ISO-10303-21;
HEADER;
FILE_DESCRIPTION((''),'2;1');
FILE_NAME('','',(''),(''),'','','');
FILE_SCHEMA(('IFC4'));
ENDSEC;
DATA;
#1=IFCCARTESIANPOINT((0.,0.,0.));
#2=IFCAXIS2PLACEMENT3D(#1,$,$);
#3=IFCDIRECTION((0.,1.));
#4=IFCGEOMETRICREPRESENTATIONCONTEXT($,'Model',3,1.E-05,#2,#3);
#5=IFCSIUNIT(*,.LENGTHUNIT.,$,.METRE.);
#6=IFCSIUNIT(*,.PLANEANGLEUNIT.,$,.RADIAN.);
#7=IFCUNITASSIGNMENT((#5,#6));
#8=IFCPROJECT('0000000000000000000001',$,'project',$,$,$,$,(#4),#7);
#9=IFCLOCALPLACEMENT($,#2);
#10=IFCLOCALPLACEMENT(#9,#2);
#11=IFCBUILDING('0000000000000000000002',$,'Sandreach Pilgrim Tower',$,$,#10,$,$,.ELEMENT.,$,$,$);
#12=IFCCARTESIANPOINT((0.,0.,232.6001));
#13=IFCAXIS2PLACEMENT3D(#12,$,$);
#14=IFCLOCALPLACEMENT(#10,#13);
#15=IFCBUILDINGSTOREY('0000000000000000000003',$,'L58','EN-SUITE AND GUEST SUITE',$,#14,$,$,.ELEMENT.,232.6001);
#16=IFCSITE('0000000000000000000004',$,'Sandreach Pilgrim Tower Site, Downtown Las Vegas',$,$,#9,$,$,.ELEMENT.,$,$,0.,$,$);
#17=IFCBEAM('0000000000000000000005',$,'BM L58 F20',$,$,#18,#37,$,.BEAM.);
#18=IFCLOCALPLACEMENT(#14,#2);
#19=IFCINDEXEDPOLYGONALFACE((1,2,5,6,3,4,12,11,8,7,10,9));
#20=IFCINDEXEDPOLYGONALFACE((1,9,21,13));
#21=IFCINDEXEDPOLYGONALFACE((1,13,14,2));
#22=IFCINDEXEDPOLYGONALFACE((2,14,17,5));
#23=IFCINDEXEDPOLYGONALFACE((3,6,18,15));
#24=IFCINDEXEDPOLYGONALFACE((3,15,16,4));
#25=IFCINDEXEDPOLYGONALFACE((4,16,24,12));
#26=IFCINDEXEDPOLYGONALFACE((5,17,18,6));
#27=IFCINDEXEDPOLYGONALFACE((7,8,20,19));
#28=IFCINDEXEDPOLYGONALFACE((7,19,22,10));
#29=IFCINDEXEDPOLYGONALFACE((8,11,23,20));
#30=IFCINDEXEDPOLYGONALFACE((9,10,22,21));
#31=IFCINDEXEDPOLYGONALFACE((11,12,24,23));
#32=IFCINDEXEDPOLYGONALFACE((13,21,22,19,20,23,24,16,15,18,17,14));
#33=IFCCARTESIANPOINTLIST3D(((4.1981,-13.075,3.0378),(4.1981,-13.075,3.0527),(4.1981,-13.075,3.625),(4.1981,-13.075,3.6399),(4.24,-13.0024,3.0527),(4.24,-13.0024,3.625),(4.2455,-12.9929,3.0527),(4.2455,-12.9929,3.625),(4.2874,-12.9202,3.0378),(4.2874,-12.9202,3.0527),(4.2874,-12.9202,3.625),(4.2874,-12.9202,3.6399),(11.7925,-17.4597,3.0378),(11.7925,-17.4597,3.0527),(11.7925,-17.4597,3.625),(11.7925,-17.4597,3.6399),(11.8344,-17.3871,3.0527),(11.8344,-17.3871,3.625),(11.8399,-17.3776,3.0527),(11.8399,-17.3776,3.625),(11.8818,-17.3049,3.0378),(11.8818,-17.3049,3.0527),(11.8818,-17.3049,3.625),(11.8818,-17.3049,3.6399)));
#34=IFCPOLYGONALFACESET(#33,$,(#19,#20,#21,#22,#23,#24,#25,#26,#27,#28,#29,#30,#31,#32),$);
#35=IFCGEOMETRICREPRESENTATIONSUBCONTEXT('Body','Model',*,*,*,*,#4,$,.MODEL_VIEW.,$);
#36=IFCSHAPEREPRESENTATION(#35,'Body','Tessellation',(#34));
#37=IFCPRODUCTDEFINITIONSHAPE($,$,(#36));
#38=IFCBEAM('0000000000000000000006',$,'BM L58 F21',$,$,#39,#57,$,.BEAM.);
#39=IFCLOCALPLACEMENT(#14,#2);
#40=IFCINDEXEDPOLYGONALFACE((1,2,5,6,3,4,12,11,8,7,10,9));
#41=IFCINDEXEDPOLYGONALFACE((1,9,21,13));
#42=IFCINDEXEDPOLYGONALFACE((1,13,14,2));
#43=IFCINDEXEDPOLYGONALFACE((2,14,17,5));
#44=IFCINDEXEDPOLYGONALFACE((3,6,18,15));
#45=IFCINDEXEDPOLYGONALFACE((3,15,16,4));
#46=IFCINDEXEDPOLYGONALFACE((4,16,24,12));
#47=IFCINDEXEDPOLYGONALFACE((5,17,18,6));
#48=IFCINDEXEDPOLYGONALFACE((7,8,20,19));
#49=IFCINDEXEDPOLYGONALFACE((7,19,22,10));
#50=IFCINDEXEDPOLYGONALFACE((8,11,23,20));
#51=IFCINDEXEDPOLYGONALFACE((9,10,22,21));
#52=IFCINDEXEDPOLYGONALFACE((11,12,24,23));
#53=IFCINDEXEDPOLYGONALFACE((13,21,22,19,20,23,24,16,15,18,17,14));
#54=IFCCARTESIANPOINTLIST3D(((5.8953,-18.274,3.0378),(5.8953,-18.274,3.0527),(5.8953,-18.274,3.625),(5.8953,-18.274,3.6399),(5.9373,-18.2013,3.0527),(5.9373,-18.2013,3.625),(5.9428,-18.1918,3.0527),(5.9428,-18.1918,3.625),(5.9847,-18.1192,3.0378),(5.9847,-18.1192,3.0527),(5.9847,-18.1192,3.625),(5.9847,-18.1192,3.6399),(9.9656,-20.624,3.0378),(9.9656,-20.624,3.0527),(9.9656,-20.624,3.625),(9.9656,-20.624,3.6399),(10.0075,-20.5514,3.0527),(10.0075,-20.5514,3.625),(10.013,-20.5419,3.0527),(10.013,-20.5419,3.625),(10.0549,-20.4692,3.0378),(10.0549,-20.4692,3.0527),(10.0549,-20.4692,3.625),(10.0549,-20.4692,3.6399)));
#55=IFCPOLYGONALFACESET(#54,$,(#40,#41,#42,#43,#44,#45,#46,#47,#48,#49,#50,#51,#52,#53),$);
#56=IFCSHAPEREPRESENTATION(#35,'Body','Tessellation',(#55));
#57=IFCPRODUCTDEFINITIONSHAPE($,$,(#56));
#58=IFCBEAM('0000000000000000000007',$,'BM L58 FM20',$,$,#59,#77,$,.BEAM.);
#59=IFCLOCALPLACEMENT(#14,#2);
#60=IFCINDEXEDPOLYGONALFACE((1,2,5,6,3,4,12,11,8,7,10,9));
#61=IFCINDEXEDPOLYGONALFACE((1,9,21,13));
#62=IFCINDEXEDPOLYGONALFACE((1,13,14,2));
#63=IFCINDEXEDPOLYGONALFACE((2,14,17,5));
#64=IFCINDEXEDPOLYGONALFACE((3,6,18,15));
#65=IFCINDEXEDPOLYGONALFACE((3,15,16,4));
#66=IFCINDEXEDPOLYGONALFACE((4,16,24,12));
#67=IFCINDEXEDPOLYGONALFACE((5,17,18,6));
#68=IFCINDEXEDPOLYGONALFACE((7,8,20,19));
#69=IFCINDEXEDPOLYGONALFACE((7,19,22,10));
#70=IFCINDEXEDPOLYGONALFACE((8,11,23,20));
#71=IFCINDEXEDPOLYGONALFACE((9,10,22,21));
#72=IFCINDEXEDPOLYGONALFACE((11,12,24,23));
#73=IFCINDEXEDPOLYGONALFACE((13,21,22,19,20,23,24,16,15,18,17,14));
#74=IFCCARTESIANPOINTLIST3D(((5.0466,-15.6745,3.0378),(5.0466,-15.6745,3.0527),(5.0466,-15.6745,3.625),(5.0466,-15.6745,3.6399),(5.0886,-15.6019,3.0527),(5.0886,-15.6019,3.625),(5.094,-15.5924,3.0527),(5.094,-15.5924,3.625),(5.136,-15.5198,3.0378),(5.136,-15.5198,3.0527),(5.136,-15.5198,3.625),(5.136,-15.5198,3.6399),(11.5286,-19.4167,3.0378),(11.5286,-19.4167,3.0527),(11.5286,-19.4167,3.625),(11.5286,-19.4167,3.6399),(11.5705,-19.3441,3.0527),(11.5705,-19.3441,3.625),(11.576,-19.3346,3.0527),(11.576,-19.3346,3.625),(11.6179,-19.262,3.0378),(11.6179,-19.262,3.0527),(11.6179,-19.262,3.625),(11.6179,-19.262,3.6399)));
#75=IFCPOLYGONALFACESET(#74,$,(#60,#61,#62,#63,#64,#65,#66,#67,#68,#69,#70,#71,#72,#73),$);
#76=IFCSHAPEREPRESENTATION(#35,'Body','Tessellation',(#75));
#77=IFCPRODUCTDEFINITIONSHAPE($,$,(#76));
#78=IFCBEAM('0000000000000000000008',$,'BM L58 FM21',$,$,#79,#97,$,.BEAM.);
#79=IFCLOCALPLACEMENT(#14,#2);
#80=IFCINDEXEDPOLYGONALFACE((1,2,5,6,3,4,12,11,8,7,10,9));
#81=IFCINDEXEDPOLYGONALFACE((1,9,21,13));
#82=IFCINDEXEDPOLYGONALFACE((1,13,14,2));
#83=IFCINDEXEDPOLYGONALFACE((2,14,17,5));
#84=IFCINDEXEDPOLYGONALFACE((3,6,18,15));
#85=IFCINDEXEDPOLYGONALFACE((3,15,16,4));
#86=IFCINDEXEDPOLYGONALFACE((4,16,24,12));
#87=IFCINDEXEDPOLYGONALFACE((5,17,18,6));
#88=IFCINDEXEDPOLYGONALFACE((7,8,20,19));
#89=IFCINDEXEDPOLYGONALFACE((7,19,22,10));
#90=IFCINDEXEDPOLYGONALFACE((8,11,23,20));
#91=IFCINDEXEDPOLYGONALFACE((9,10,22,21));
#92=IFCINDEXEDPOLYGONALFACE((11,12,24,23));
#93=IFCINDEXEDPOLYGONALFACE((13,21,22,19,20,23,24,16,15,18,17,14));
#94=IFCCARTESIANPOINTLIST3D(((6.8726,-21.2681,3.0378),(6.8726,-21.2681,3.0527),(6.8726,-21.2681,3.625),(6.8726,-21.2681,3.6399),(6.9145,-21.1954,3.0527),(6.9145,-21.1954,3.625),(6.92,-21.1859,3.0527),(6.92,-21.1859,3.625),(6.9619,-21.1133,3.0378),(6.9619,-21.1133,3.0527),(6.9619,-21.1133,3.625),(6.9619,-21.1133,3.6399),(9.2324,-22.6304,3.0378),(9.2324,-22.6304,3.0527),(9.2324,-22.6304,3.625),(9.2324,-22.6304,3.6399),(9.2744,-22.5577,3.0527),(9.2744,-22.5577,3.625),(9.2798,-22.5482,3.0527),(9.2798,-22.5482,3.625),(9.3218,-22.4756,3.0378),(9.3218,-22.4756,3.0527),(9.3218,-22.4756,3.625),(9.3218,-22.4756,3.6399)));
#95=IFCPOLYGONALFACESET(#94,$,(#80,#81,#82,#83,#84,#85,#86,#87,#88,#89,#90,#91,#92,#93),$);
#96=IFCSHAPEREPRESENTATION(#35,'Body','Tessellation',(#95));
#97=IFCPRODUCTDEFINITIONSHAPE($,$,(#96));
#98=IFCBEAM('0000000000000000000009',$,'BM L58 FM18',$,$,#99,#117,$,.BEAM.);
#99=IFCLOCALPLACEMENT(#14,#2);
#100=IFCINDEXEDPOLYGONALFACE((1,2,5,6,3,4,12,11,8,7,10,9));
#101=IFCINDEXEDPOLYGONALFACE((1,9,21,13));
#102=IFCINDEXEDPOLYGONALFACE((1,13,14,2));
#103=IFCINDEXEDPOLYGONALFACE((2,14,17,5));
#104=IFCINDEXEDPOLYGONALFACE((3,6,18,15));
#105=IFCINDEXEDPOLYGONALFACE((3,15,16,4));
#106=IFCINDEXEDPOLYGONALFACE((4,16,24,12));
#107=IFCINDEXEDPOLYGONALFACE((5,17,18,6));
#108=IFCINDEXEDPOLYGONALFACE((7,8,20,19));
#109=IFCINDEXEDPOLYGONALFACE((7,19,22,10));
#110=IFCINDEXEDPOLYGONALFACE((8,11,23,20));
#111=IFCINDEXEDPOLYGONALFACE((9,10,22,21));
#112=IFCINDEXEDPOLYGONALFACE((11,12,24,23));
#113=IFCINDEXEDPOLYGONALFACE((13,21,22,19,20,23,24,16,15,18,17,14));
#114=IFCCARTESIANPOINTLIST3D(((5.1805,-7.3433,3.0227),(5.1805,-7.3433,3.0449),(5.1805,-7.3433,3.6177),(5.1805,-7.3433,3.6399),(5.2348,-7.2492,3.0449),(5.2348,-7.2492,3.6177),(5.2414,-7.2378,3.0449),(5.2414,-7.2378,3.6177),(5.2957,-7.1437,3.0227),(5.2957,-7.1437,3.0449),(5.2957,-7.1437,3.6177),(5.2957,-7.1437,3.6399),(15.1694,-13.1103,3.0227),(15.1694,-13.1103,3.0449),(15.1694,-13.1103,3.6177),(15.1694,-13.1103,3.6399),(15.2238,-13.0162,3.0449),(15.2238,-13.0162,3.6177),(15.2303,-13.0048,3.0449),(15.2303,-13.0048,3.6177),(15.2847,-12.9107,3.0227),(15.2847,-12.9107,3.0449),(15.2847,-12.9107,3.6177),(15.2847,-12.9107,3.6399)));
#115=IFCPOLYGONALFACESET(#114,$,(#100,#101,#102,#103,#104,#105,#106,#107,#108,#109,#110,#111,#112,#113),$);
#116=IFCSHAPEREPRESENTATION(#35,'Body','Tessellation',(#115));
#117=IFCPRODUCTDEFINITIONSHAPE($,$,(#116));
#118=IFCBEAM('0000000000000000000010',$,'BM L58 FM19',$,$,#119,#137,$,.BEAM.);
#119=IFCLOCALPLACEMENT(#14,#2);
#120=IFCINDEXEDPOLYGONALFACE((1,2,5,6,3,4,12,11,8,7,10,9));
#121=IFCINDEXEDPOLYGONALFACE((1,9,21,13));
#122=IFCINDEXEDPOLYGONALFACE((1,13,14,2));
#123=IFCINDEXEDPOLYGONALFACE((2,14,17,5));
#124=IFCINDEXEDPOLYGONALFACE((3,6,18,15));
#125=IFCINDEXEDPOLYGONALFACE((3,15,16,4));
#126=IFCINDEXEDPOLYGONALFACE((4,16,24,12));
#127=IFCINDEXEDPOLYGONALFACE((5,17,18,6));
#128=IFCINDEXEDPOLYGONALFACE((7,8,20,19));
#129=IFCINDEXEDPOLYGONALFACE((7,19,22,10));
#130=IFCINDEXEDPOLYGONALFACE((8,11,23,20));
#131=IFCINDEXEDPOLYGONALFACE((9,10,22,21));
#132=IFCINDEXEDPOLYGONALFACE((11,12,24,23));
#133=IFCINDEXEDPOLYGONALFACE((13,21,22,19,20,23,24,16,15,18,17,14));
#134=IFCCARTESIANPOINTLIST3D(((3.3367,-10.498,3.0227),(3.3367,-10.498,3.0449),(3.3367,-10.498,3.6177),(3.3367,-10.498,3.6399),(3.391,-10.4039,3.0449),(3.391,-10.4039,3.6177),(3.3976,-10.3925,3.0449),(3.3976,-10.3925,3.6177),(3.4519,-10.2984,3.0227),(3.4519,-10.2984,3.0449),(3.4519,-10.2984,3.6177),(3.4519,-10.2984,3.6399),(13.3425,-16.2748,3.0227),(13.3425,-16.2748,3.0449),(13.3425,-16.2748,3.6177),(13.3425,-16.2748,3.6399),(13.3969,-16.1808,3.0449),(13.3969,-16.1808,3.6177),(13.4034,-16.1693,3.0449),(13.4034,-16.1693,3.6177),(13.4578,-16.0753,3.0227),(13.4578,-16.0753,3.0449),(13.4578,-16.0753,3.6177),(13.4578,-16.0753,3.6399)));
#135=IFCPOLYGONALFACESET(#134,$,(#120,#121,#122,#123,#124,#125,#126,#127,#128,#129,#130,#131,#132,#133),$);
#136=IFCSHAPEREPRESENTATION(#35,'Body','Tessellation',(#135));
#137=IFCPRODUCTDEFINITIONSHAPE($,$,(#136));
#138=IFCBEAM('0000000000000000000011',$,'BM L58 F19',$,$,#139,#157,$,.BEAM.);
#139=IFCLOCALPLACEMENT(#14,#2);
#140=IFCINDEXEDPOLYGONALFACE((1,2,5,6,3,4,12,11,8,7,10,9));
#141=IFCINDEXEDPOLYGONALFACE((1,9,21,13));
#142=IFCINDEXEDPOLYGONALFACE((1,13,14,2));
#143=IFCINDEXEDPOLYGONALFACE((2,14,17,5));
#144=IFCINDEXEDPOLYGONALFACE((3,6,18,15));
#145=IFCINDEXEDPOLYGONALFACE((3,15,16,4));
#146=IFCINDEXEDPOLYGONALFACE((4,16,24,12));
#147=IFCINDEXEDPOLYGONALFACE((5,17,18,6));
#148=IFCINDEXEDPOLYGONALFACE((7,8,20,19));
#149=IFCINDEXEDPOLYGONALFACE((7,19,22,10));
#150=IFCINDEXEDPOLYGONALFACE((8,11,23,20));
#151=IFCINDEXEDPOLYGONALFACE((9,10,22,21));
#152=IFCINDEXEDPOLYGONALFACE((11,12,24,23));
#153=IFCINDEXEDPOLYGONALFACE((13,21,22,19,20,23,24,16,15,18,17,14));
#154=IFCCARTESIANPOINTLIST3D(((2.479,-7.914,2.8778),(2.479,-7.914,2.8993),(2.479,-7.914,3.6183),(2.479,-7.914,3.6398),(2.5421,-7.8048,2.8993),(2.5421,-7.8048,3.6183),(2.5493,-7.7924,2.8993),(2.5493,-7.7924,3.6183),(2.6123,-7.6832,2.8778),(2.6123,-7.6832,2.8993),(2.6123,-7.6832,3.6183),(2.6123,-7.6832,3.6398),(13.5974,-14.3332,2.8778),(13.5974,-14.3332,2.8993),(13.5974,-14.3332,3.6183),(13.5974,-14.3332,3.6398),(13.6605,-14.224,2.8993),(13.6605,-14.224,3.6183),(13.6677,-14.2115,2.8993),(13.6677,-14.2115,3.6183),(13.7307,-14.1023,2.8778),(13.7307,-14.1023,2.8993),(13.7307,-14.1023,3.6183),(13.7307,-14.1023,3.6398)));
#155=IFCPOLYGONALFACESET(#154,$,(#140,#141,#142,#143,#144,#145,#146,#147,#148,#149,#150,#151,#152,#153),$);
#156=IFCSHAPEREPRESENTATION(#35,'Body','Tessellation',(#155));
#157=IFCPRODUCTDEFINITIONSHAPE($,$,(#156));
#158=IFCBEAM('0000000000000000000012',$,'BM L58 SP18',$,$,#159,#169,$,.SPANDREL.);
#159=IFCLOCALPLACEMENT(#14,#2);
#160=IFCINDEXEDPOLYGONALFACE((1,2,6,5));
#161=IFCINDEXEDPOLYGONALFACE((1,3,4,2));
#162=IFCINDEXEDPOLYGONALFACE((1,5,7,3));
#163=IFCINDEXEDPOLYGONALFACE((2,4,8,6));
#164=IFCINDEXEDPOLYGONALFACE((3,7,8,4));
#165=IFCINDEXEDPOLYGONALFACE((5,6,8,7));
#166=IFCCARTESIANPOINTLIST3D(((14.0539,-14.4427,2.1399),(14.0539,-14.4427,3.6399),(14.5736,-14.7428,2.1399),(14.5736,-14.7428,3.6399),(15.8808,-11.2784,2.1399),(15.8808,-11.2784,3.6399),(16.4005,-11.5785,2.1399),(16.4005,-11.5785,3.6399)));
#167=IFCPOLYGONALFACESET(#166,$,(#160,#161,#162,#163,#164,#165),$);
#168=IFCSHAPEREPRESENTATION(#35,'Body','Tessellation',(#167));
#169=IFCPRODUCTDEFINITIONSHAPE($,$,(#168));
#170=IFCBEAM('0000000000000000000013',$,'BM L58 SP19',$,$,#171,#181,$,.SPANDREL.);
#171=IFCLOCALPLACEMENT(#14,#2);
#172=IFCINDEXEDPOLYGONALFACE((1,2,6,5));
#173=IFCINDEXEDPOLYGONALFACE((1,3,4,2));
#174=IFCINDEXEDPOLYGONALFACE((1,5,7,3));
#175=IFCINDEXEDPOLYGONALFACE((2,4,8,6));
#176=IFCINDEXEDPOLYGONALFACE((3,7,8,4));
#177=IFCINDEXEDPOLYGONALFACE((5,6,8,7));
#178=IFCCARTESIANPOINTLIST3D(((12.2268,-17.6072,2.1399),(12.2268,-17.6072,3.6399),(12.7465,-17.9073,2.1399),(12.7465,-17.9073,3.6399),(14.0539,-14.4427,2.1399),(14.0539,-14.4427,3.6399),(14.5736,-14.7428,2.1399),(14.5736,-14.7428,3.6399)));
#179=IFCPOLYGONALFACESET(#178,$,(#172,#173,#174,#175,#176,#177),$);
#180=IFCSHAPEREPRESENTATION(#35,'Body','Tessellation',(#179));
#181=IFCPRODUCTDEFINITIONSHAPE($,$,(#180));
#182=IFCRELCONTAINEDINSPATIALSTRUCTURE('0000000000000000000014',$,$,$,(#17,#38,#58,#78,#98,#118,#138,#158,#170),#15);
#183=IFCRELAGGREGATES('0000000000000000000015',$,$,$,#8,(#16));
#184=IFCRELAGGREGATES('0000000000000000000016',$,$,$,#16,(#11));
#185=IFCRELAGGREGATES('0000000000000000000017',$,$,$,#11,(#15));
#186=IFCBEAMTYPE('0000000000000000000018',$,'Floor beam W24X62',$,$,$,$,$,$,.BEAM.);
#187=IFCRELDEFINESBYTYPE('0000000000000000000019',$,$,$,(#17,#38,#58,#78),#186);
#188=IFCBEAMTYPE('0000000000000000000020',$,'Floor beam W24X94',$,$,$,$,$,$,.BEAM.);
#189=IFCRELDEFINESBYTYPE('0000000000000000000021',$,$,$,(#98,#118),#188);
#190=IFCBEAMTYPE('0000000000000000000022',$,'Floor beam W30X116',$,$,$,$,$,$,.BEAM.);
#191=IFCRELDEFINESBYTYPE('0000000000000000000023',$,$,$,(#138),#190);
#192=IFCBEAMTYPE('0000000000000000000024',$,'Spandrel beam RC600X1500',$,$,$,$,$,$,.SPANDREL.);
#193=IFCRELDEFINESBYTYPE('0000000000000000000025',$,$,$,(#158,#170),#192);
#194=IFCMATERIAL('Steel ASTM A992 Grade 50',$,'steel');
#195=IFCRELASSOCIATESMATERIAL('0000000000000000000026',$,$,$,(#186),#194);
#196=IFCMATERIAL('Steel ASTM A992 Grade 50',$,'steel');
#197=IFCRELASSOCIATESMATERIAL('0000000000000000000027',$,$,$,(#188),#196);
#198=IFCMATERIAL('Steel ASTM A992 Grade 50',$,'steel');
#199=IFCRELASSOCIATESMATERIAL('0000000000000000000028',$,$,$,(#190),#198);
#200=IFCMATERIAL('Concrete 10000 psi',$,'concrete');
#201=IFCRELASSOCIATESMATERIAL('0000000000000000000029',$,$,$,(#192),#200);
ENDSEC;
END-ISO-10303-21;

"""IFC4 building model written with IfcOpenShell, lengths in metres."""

from ifc_helpers import new_model, si_unit, direction, frame, origin, origin_2d, place, context, subcontext, project, spatial, rectangle, i_section, extrude, material, material_profile, profile_set, type_object, element, save


model = new_model("IFC4")

# Units and contexts
model_context = context("Model", 3, precision=1e-05, world=origin(), true_north=direction((0.0, 1.0)))
body_context = subcontext(model_context, "Body", "Model", "MODEL_VIEW")
ifc_project = project(units=[si_unit("LENGTHUNIT", "METRE"), si_unit("PLANEANGLEUNIT", "RADIAN")], contexts=[model_context])

# Site, building, storey
site_placement = place(None, origin())
site = spatial("IfcSite", under=ifc_project, at=site_placement, Name="Sandreach Pilgrim Tower Site, Downtown Las Vegas", CompositionType="ELEMENT", RefElevation=0.0)
building_placement = place(site_placement, origin())
building = spatial("IfcBuilding", under=site, at=building_placement, Name="Sandreach Pilgrim Tower", CompositionType="ELEMENT")
storey_placement = place(building_placement, frame((0.0, 0.0, 232.6001)))
storey = spatial("IfcBuildingStorey", under=building, at=storey_placement, Name="L58", Description="EN-SUITE AND GUEST SUITE", CompositionType="ELEMENT", Elevation=232.6001)

# Beams
ifc_material_1 = material(Name="Steel ASTM A992 Grade 50", Category="steel")
ifc_material_profile_1 = material_profile(ifc_material_1, i_section(OverallWidth=0.1787, OverallDepth=0.6021, WebThickness=0.011, FlangeThickness=0.0149, at=origin_2d()), Name="W24X62")
ifc_profile_set_1 = profile_set([ifc_material_profile_1], Name="Steel ASTM A992 Grade 50")
beam_type_1 = type_object("IfcBeamType", Name="Floor beam W24X62", PredefinedType="BEAM", material=ifc_profile_set_1)
beam_1_placement = place(storey_placement, frame((11.8372, -17.3823, 3.3389), z_axis=(-0.866021, 0.500008, 0.0), x_axis=(-0.500008, -0.866021, 0.0)))
element("IfcBeam", 1, at=beam_1_placement, inside=storey, type_object=beam_type_1, Name="BM L58 F20", PredefinedType="BEAM", context=body_context, shape_type="SweptSolid", body=[
    extrude(i_section(OverallWidth=0.1787, OverallDepth=0.6021, WebThickness=0.011, FlangeThickness=0.0149, at=origin_2d()), origin(), (0.0, 0.0, 1.0), 8.7693),
])
beam_2_placement = place(storey_placement, frame((10.0103, -20.5466, 3.3389), z_axis=(-0.866016, 0.500016, 0.0), x_axis=(-0.500016, -0.866016, 0.0)))
element("IfcBeam", 2, at=beam_2_placement, inside=storey, type_object=beam_type_1, Name="BM L58 F21", PredefinedType="BEAM", context=body_context, shape_type="SweptSolid", body=[
    extrude(i_section(OverallWidth=0.1787, OverallDepth=0.6021, WebThickness=0.011, FlangeThickness=0.0149, at=origin_2d()), origin(), (0.0, 0.0, 1.0), 4.7),
])
beam_3_placement = place(storey_placement, frame((11.5732, -19.3394, 3.3389), z_axis=(-0.866035, 0.499984, 0.0), x_axis=(-0.499984, -0.866035, 0.0)))
element("IfcBeam", 3, at=beam_3_placement, inside=storey, type_object=beam_type_1, Name="BM L58 FM20", PredefinedType="BEAM", context=body_context, shape_type="SweptSolid", body=[
    extrude(i_section(OverallWidth=0.1787, OverallDepth=0.6021, WebThickness=0.011, FlangeThickness=0.0149, at=origin_2d()), origin(), (0.0, 0.0, 1.0), 7.4846),
])
beam_4_placement = place(storey_placement, frame((9.2771, -22.553, 3.3389), z_axis=(-0.866051, 0.499955, 0.0), x_axis=(-0.499955, -0.866051, 0.0)))
element("IfcBeam", 4, at=beam_4_placement, inside=storey, type_object=beam_type_1, Name="BM L58 FM21", PredefinedType="BEAM", context=body_context, shape_type="SweptSolid", body=[
    extrude(i_section(OverallWidth=0.1787, OverallDepth=0.6021, WebThickness=0.011, FlangeThickness=0.0149, at=origin_2d()), origin(), (0.0, 0.0, 1.0), 2.7249),
])
ifc_material_2 = material(Name="Steel ASTM A992 Grade 50", Category="steel")
ifc_material_profile_2 = material_profile(ifc_material_2, i_section(OverallWidth=0.2305, OverallDepth=0.6172, WebThickness=0.0132, FlangeThickness=0.0222, at=origin_2d()), Name="W24X94")
ifc_profile_set_2 = profile_set([ifc_material_profile_2], Name="Steel ASTM A992 Grade 50")
beam_type_2 = type_object("IfcBeamType", Name="Floor beam W24X94", PredefinedType="BEAM", material=ifc_profile_set_2)
beam_5_placement = place(storey_placement, frame((15.2271, -13.0105, 3.3313), z_axis=(-0.866028, 0.499995, 0.0), x_axis=(-0.499995, -0.866028, 0.0)))
element("IfcBeam", 5, at=beam_5_placement, inside=storey, type_object=beam_type_2, Name="BM L58 FM18", PredefinedType="BEAM", context=body_context, shape_type="SweptSolid", body=[
    extrude(i_section(OverallWidth=0.2305, OverallDepth=0.6172, WebThickness=0.0132, FlangeThickness=0.0222, at=origin_2d()), origin(), (0.0, 0.0, 1.0), 11.5342),
])
beam_6_placement = place(storey_placement, frame((13.4001, -16.175, 3.3313), z_axis=(-0.866027, 0.499998, 0.0), x_axis=(-0.499998, -0.866027, 0.0)))
element("IfcBeam", 6, at=beam_6_placement, inside=storey, type_object=beam_type_2, Name="BM L58 FM19", PredefinedType="BEAM", context=body_context, shape_type="SweptSolid", body=[
    extrude(i_section(OverallWidth=0.2305, OverallDepth=0.6172, WebThickness=0.0132, FlangeThickness=0.0222, at=origin_2d()), origin(), (0.0, 0.0, 1.0), 11.5537),
])
ifc_material_3 = material(Name="Steel ASTM A992 Grade 50", Category="steel")
ifc_material_profile_3 = material_profile(ifc_material_3, i_section(OverallWidth=0.2666, OverallDepth=0.762, WebThickness=0.0144, FlangeThickness=0.0215, at=origin_2d()), Name="W30X116")
ifc_profile_set_3 = profile_set([ifc_material_profile_3], Name="Steel ASTM A992 Grade 50")
beam_type_3 = type_object("IfcBeamType", Name="Floor beam W30X116", PredefinedType="BEAM", material=ifc_profile_set_3)
beam_7_placement = place(storey_placement, frame((13.6641, -14.2178, 3.2588), z_axis=(-0.866026, 0.499998, 0.0), x_axis=(-0.499998, -0.866026, 0.0)))
element("IfcBeam", 7, at=beam_7_placement, inside=storey, type_object=beam_type_3, Name="BM L58 F19", PredefinedType="BEAM", context=body_context, shape_type="SweptSolid", body=[
    extrude(i_section(OverallWidth=0.2666, OverallDepth=0.762, WebThickness=0.0144, FlangeThickness=0.0215, at=origin_2d()), origin(), (0.0, 0.0, 1.0), 12.8384),
])
ifc_material_4 = material(Name="Concrete 10000 psi", Category="concrete")
ifc_material_profile_4 = material_profile(ifc_material_4, rectangle(XDim=0.6001, YDim=1.5, at=origin_2d()), Name="RC600X1500")
ifc_profile_set_4 = profile_set([ifc_material_profile_4], Name="Concrete 10000 psi")
beam_type_4 = type_object("IfcBeamType", Name="Spandrel beam RC600X1500", PredefinedType="SPANDREL", material=ifc_profile_set_4)
beam_8_placement = place(storey_placement, frame((16.1406, -11.4285, 2.8899), z_axis=(-0.499998, -0.866026, 0.0), x_axis=(0.866026, -0.499998, 0.0)))
element("IfcBeam", 8, at=beam_8_placement, inside=storey, type_object=beam_type_4, Name="BM L58 SP18", PredefinedType="SPANDREL", context=body_context, shape_type="SweptSolid", body=[
    extrude(rectangle(XDim=0.6001, YDim=1.5, at=origin_2d()), origin(), (0.0, 0.0, 1.0), 3.6538),
])
beam_9_placement = place(storey_placement, frame((14.3137, -14.5928, 2.8899), z_axis=(-0.500019, -0.866014, 0.0), x_axis=(0.866014, -0.500019, 0.0)))
element("IfcBeam", 9, at=beam_9_placement, inside=storey, type_object=beam_type_4, Name="BM L58 SP19", PredefinedType="SPANDREL", context=body_context, shape_type="SweptSolid", body=[
    extrude(rectangle(XDim=0.6001, YDim=1.5, at=origin_2d()), origin(), (0.0, 0.0, 1.0), 3.6541),
])

save(model, "model.ifc")
